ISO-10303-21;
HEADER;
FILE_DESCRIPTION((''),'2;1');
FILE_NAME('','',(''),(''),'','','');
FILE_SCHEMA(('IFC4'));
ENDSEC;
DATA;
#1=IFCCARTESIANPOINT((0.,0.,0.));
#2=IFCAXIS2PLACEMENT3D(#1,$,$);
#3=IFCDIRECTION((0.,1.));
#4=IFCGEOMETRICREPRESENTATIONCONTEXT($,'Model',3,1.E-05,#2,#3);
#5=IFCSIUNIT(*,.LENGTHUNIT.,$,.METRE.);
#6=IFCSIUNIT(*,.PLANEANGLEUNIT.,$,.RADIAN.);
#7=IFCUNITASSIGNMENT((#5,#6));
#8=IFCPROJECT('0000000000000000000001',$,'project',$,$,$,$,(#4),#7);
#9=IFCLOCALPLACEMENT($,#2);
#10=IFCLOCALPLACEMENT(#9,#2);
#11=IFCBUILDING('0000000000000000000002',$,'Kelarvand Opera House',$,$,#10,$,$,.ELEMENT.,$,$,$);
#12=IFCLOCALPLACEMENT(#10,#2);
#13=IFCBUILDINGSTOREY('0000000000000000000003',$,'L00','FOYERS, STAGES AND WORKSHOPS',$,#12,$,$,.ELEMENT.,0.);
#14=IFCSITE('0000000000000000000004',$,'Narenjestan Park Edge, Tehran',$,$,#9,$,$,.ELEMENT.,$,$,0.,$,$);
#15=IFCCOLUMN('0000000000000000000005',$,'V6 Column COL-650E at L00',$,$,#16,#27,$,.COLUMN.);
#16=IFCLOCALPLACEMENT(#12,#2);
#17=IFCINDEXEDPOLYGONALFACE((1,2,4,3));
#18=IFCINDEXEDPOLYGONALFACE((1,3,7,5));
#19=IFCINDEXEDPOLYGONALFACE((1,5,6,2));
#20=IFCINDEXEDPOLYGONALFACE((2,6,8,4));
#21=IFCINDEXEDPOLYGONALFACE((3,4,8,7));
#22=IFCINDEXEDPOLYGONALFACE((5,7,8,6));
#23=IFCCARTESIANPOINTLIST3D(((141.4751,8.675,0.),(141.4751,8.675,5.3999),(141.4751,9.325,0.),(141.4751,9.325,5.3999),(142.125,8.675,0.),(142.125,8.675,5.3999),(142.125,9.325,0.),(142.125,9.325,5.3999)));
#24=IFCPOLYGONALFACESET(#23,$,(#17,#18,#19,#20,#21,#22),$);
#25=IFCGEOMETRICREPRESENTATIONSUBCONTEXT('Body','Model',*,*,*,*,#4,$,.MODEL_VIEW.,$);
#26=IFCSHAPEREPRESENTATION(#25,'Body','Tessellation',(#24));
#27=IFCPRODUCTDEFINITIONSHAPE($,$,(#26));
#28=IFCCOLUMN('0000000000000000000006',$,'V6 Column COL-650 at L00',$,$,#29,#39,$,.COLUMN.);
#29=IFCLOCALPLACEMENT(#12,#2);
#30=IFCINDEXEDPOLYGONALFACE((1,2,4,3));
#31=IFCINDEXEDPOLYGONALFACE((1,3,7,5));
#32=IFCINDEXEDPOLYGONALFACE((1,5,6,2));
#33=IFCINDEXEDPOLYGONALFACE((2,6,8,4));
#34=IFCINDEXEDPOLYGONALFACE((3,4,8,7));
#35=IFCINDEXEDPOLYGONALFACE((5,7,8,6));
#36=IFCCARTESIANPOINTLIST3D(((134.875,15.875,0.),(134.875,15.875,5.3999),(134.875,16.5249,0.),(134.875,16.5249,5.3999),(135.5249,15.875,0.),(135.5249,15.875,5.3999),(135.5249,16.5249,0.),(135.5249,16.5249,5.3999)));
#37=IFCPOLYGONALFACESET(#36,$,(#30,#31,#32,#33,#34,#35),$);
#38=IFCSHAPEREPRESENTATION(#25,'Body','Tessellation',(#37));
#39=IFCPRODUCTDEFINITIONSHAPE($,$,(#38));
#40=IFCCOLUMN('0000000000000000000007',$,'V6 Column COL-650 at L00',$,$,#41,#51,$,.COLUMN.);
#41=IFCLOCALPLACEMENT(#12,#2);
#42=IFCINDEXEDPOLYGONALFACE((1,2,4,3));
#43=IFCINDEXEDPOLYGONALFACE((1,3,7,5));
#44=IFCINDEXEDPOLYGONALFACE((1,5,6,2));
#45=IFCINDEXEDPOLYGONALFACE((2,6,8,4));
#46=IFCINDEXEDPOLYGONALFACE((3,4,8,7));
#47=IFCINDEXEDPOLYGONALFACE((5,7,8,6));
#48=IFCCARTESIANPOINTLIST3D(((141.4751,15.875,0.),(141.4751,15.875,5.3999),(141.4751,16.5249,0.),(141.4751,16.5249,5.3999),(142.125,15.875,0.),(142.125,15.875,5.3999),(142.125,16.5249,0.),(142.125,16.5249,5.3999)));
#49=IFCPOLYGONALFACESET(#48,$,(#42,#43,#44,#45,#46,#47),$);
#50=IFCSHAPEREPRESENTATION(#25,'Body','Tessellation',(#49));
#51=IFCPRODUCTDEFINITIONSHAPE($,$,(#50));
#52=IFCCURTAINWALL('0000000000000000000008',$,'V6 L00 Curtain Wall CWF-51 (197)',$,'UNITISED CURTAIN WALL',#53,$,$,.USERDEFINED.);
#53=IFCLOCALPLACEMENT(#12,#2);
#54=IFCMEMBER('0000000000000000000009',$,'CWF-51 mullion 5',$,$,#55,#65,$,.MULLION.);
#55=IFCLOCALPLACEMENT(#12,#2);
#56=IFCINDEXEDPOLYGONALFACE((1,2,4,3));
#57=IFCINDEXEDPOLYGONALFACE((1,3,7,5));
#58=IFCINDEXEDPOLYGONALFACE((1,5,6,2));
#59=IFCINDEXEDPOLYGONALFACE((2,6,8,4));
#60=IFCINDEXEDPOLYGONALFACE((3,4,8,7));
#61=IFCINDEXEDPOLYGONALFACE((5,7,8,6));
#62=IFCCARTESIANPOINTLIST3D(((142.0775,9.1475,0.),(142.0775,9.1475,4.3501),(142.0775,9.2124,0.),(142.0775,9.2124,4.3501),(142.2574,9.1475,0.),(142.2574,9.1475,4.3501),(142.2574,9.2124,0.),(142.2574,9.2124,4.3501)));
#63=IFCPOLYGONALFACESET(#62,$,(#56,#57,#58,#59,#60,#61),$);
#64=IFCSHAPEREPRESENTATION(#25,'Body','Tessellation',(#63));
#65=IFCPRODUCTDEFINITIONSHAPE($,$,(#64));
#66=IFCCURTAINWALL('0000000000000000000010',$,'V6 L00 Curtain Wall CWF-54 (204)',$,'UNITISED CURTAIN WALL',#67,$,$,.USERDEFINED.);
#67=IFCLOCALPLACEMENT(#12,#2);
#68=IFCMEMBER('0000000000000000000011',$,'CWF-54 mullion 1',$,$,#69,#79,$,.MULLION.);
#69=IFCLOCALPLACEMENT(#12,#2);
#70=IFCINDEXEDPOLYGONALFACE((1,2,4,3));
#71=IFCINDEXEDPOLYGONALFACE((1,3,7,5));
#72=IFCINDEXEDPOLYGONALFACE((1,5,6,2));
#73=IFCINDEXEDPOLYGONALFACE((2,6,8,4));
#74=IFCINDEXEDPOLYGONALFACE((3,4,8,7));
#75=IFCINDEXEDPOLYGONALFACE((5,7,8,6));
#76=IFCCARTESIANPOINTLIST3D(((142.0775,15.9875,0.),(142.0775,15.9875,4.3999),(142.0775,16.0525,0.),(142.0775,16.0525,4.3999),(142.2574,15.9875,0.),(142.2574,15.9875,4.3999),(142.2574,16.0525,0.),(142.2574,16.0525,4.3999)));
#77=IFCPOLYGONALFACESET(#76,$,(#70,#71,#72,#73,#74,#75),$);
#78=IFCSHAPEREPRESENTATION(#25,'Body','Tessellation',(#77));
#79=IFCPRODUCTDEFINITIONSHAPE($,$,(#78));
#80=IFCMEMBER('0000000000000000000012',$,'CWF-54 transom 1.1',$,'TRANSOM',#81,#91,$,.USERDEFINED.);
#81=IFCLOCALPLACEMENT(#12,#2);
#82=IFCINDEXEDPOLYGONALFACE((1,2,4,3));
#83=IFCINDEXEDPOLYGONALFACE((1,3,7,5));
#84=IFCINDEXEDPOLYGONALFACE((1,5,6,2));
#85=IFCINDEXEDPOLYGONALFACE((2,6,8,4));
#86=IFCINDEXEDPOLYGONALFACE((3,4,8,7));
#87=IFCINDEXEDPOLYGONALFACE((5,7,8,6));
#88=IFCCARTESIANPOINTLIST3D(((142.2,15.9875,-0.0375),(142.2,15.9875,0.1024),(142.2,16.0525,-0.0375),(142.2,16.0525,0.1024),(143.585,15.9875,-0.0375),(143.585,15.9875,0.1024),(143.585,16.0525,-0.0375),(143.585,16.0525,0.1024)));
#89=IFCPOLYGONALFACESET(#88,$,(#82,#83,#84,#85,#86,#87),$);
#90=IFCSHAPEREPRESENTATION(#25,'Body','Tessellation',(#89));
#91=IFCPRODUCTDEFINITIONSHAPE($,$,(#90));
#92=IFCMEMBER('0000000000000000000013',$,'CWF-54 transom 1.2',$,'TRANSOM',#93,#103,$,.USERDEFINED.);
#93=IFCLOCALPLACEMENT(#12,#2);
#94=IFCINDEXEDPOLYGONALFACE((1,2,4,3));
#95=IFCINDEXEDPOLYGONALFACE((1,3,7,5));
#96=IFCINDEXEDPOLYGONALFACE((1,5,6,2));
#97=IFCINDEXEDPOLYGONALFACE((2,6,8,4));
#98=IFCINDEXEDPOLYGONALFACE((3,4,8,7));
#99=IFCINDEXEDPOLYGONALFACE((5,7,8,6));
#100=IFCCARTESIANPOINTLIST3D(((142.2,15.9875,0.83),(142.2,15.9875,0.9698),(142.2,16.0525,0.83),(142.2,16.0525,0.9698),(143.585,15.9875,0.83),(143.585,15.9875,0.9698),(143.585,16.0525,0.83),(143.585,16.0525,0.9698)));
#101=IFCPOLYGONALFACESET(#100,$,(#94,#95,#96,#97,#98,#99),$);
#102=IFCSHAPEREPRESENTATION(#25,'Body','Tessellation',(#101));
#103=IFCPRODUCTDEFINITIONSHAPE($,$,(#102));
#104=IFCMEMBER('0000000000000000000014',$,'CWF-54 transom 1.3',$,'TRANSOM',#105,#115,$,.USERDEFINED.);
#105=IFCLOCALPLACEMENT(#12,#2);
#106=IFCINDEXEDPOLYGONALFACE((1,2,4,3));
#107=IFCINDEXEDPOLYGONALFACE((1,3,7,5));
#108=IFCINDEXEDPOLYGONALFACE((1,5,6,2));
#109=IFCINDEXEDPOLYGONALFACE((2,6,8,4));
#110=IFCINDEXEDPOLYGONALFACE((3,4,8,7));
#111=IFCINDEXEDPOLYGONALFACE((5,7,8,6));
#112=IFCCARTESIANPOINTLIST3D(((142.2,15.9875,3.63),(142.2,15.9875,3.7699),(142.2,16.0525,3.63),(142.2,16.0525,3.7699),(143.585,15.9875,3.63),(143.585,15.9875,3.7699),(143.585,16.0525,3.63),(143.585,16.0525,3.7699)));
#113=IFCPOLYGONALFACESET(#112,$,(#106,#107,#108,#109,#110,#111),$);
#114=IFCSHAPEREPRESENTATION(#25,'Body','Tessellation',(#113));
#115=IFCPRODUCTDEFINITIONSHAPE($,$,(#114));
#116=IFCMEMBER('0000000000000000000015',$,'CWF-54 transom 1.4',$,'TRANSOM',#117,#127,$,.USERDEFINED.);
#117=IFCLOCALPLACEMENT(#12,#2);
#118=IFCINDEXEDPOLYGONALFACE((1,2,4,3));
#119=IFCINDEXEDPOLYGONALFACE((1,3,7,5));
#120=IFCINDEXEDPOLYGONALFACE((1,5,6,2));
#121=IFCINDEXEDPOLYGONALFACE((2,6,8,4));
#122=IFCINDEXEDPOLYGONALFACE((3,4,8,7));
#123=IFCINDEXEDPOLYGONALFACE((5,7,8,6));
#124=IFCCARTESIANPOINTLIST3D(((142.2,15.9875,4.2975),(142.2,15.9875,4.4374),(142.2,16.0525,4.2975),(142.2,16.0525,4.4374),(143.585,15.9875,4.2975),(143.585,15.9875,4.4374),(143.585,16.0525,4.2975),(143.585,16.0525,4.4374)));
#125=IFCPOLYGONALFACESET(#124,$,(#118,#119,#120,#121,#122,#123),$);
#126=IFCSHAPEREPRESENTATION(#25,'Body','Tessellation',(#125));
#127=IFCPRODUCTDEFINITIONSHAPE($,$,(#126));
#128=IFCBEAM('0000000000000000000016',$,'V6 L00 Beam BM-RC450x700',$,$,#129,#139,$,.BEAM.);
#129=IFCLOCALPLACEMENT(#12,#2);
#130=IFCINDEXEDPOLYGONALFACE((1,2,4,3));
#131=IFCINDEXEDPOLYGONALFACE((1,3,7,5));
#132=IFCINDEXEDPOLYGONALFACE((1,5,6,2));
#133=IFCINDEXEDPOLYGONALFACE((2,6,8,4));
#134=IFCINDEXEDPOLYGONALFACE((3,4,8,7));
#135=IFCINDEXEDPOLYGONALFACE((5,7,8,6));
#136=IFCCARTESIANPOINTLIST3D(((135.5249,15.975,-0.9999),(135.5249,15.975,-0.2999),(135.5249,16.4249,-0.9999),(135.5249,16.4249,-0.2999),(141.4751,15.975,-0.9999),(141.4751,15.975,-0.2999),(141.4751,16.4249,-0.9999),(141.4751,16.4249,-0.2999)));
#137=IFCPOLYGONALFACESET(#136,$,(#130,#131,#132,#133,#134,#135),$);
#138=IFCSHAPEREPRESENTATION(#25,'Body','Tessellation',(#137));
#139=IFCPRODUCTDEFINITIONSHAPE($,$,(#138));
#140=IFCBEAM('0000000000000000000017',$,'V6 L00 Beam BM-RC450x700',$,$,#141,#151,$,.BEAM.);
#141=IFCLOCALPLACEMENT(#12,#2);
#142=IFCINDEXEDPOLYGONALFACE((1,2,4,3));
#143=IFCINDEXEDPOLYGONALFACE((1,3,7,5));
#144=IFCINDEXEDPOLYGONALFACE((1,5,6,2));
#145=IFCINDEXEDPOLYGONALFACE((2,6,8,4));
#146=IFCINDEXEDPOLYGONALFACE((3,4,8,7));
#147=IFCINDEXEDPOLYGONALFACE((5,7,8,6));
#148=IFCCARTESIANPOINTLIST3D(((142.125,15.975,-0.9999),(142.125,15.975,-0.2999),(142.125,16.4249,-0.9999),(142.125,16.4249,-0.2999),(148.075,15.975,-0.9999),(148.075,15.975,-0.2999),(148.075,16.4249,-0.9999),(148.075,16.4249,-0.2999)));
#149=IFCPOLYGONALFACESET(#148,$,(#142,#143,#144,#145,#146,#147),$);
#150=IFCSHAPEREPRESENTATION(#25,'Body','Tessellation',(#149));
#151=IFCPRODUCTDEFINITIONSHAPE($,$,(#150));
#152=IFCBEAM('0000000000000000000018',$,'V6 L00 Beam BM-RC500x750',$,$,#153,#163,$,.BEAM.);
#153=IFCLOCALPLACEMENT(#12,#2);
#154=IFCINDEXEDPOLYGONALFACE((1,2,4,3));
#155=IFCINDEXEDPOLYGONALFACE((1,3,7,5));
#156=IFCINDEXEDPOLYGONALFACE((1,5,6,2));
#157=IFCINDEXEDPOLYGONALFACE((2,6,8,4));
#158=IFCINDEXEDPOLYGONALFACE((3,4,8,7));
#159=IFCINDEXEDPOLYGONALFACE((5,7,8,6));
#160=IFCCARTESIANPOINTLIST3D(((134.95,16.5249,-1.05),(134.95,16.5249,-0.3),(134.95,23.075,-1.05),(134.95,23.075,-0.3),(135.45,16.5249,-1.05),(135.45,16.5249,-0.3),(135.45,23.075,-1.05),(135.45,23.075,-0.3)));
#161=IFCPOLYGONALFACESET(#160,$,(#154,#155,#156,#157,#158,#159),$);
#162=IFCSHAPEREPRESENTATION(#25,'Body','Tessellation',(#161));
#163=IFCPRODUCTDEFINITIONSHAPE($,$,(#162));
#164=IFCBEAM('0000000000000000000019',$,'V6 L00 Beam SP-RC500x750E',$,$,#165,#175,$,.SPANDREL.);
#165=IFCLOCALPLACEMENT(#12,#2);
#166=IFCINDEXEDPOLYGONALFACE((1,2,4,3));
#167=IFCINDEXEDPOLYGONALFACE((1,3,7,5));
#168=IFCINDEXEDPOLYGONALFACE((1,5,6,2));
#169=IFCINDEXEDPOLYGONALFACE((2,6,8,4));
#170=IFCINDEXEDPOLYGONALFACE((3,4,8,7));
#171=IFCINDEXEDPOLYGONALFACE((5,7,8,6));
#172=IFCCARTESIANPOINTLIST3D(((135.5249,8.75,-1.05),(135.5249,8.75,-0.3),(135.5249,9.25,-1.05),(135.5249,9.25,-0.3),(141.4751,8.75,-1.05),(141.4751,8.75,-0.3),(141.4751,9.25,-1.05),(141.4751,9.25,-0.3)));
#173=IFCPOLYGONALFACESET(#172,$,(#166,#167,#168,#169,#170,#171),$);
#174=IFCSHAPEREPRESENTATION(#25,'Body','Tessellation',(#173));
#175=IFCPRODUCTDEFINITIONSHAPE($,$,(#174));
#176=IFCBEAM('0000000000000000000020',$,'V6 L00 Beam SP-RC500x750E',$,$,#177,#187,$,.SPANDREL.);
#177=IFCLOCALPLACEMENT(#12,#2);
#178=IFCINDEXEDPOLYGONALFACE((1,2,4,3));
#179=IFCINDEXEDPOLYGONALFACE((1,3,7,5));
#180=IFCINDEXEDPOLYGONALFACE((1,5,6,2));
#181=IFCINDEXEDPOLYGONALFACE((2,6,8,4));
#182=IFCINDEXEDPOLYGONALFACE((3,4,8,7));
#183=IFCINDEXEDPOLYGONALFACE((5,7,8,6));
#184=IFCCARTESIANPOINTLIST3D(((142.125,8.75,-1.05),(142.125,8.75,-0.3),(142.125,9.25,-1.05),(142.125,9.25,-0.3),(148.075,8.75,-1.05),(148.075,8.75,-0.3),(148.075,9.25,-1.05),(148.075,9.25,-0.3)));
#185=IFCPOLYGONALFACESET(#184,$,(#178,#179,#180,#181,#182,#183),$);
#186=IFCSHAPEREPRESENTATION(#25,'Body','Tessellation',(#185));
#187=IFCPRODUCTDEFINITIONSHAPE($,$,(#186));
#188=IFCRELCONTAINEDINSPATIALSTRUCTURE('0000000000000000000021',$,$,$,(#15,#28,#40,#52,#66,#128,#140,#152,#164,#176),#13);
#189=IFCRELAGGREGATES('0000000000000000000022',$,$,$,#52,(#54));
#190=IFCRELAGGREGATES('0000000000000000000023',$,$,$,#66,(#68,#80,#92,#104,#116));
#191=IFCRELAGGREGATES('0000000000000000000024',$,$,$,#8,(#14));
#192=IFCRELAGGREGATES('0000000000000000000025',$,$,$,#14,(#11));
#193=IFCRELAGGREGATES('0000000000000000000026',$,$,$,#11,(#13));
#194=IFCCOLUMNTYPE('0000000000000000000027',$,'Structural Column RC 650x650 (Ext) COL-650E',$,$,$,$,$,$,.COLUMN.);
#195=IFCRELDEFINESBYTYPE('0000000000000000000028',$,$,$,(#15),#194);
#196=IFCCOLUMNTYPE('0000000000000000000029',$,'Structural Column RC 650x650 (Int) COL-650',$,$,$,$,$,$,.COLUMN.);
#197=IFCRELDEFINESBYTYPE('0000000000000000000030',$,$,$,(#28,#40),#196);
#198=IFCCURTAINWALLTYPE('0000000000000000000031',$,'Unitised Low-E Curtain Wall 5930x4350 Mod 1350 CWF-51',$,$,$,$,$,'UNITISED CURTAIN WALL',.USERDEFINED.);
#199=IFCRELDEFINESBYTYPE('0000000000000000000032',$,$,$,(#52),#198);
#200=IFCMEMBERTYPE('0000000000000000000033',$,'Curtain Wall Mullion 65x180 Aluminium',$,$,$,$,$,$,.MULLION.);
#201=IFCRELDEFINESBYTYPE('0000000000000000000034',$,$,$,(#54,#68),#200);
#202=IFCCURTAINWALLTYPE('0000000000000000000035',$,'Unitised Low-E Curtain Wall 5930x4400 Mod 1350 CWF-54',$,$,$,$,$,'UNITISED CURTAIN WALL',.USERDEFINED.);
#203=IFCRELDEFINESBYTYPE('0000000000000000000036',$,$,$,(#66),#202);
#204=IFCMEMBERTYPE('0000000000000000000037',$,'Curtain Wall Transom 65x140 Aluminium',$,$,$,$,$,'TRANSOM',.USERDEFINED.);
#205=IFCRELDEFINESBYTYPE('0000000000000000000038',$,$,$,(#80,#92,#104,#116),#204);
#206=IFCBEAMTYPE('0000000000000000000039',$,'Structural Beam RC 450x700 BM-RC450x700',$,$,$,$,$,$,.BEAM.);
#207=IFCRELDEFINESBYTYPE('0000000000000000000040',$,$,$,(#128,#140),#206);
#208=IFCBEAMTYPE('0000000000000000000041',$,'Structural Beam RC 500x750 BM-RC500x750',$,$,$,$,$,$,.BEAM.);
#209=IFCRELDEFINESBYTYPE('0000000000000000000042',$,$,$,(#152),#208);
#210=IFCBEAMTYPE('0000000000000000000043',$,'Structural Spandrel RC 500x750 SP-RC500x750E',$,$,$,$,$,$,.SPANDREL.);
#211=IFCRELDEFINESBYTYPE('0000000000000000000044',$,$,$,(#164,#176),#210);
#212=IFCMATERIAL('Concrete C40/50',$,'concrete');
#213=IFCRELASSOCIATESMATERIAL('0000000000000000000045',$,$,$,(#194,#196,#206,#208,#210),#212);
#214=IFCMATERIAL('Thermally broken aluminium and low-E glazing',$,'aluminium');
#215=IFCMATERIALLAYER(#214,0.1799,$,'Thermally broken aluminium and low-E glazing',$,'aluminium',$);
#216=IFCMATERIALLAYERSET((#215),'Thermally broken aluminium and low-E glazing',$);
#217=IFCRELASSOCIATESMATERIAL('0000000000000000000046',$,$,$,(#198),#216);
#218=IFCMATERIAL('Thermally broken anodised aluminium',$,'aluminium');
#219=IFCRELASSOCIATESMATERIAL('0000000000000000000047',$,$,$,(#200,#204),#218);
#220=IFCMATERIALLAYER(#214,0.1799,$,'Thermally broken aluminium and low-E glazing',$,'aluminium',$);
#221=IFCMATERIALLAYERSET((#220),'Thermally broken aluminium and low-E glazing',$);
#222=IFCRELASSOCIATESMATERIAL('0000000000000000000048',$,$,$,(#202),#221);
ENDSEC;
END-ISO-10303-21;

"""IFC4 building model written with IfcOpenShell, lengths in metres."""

from ifc_helpers import new_model, si_unit, direction, frame, origin, origin_2d, place, context, subcontext, project, spatial, rectangle, extrude, material, layer, layer_set, material_profile, profile_set, type_object, element, aggregate, save


model = new_model("IFC4")

# Units and contexts
model_context = context("Model", 3, precision=1e-05, world=origin(), true_north=direction((0.0, 1.0)))
body_context = subcontext(model_context, "Body", "Model", "MODEL_VIEW")
ifc_project = project(units=[si_unit("LENGTHUNIT", "METRE"), si_unit("PLANEANGLEUNIT", "RADIAN")], contexts=[model_context])

# Site, building, storey
site_placement = place(None, origin())
site = spatial("IfcSite", under=ifc_project, at=site_placement, Name="Narenjestan Park Edge, Tehran", CompositionType="ELEMENT", RefElevation=0.0)
building_placement = place(site_placement, origin())
building = spatial("IfcBuilding", under=site, at=building_placement, Name="Kelarvand Opera House", CompositionType="ELEMENT")
storey_placement = place(building_placement, origin())
storey = spatial("IfcBuildingStorey", under=building, at=storey_placement, Name="L00", Description="FOYERS, STAGES AND WORKSHOPS", CompositionType="ELEMENT", Elevation=0.0)

# Columns
ifc_material_1 = material(Name="Concrete C40/50", Category="concrete")
ifc_material_profile_1 = material_profile(ifc_material_1, rectangle(XDim=0.6499, YDim=0.6499, at=origin_2d()), Name="RC 650x650", Category="concrete")
ifc_profile_set_1 = profile_set([ifc_material_profile_1], Name="Concrete C40/50")
column_type_1 = type_object("IfcColumnType", Name="Structural Column RC 650x650 (Ext) COL-650E", PredefinedType="COLUMN", material=ifc_profile_set_1)
column_placement = place(storey_placement, frame((141.8, 9.0, 0.0), z_axis=(0.0, 0.0, 1.0), x_axis=(1.0, 0.0, 0.0)))
element("IfcColumn", 1, at=column_placement, inside=storey, type_object=column_type_1, Name="V6 Column COL-650E at L00", PredefinedType="COLUMN", context=body_context, shape_type="SweptSolid", body=[
    extrude(rectangle(XDim=0.6499, YDim=0.6499, at=origin_2d()), origin(), (0.0, 0.0, 1.0), 5.3999),
])
ifc_material_profile_2 = material_profile(ifc_material_1, rectangle(XDim=0.6499, YDim=0.6499, at=origin_2d()), Name="RC 650x650", Category="concrete")
ifc_profile_set_2 = profile_set([ifc_material_profile_2], Name="Concrete C40/50")
column_type_2 = type_object("IfcColumnType", Name="Structural Column RC 650x650 (Int) COL-650", PredefinedType="COLUMN", material=ifc_profile_set_2)
for number, where, z_axis, x_axis, name in (
    (2, (135.2, 16.2, 0.0), (0.0, 0.0, 1.0), (1.0, 0.0, 0.0), "V6 Column COL-650 at L00"),
    (3, (141.8, 16.2, 0.0), (0.0, 0.0, 1.0), (1.0, 0.0, 0.0), "V6 Column COL-650 at L00"),
):
    element("IfcColumn", number, at=place(storey_placement, frame(where, z_axis=z_axis, x_axis=x_axis)), inside=storey, type_object=column_type_2, Name=name, PredefinedType="COLUMN", context=body_context, shape_type="SweptSolid", body=[
        extrude(rectangle(XDim=0.6499, YDim=0.6499, at=origin_2d()), origin(), (0.0, 0.0, 1.0), 5.3999),
    ])

# Curtain wall, member
ifc_material_2 = material(Name="Thermally broken aluminium and low-E glazing", Category="aluminium")
ifc_layer_1 = layer(ifc_material_2, 0.1799, Name="Thermally broken aluminium and low-E glazing", Category="aluminium")
ifc_layer_set_1 = layer_set([ifc_layer_1], Name="Thermally broken aluminium and low-E glazing")
curtain_wall_type_1 = type_object("IfcCurtainWallType", Name="Unitised Low-E Curtain Wall 5930x4350 Mod 1350 CWF-51", ElementType="UNITISED CURTAIN WALL", PredefinedType="USERDEFINED", material=ifc_layer_set_1)
curtain_wall_1_placement = place(storey_placement, origin())
curtain_wall_1 = element("IfcCurtainWall", 4, at=curtain_wall_1_placement, inside=storey, type_object=curtain_wall_type_1, Name="V6 L00 Curtain Wall CWF-51 (197)", ObjectType="UNITISED CURTAIN WALL", PredefinedType="USERDEFINED")
ifc_material_3 = material(Name="Thermally broken anodised aluminium", Category="aluminium")
ifc_material_profile_3 = material_profile(ifc_material_3, rectangle(XDim=0.0649, YDim=0.1799, at=origin_2d()), Name="ALU MULLION 65x180", Category="aluminium")
ifc_profile_set_3 = profile_set([ifc_material_profile_3], Name="Thermally broken anodised aluminium")
member_type_1 = type_object("IfcMemberType", Name="Curtain Wall Mullion 65x180 Aluminium", PredefinedType="MULLION", material=ifc_profile_set_3)
member_1_placement = place(storey_placement, frame((142.1675, 9.1799, 0.0), z_axis=(0.0, 0.0, 1.0), x_axis=(0.0, -1.0, 0.0)))
member_1 = element("IfcMember", 5, at=member_1_placement, type_object=member_type_1, Name="CWF-51 mullion 5", PredefinedType="MULLION", context=body_context, shape_type="SweptSolid", body=[
    extrude(rectangle(XDim=0.0649, YDim=0.1799, at=origin_2d()), origin(), (0.0, 0.0, 1.0), 4.3501),
])

# Curtain wall, members
ifc_layer_2 = layer(ifc_material_2, 0.1799, Name="Thermally broken aluminium and low-E glazing", Category="aluminium")
ifc_layer_set_2 = layer_set([ifc_layer_2], Name="Thermally broken aluminium and low-E glazing")
curtain_wall_type_2 = type_object("IfcCurtainWallType", Name="Unitised Low-E Curtain Wall 5930x4400 Mod 1350 CWF-54", ElementType="UNITISED CURTAIN WALL", PredefinedType="USERDEFINED", material=ifc_layer_set_2)
curtain_wall_2_placement = place(storey_placement, origin())
curtain_wall_2 = element("IfcCurtainWall", 6, at=curtain_wall_2_placement, inside=storey, type_object=curtain_wall_type_2, Name="V6 L00 Curtain Wall CWF-54 (204)", ObjectType="UNITISED CURTAIN WALL", PredefinedType="USERDEFINED")
member_2_placement = place(storey_placement, frame((142.1675, 16.02, 0.0), z_axis=(0.0, 0.0, 1.0), x_axis=(0.0, 1.0, 0.0)))
member_2 = element("IfcMember", 7, at=member_2_placement, type_object=member_type_1, Name="CWF-54 mullion 1", PredefinedType="MULLION", context=body_context, shape_type="SweptSolid", body=[
    extrude(rectangle(XDim=0.0649, YDim=0.1799, at=origin_2d()), origin(), (0.0, 0.0, 1.0), 4.3999),
])
ifc_material_profile_4 = material_profile(ifc_material_3, rectangle(XDim=0.0649, YDim=0.1399, at=origin_2d()), Name="ALU TRANSOM 65x140", Category="aluminium")
ifc_profile_set_4 = profile_set([ifc_material_profile_4], Name="Thermally broken anodised aluminium")
member_type_2 = type_object("IfcMemberType", Name="Curtain Wall Transom 65x140 Aluminium", ElementType="TRANSOM", PredefinedType="USERDEFINED", material=ifc_profile_set_4)
member_3_placement = place(storey_placement, frame((142.2, 16.02, 0.0325), z_axis=(1.0, 0.0, 0.0), x_axis=(0.0, 1.0, 0.0)))
member_3 = element("IfcMember", 8, at=member_3_placement, type_object=member_type_2, Name="CWF-54 transom 1.1", ObjectType="TRANSOM", PredefinedType="USERDEFINED", context=body_context, shape_type="SweptSolid", body=[
    extrude(rectangle(XDim=0.0649, YDim=0.1399, at=origin_2d()), origin(), (0.0, 0.0, 1.0), 1.385),
])
member_4_placement = place(storey_placement, frame((142.2, 16.02, 0.8999), z_axis=(1.0, 0.0, 0.0), x_axis=(0.0, 1.0, 0.0)))
member_4 = element("IfcMember", 9, at=member_4_placement, type_object=member_type_2, Name="CWF-54 transom 1.2", ObjectType="TRANSOM", PredefinedType="USERDEFINED", context=body_context, shape_type="SweptSolid", body=[
    extrude(rectangle(XDim=0.0649, YDim=0.1399, at=origin_2d()), origin(), (0.0, 0.0, 1.0), 1.385),
])
member_5_placement = place(storey_placement, frame((142.2, 16.02, 3.7), z_axis=(1.0, 0.0, 0.0), x_axis=(0.0, 1.0, 0.0)))
member_5 = element("IfcMember", 10, at=member_5_placement, type_object=member_type_2, Name="CWF-54 transom 1.3", ObjectType="TRANSOM", PredefinedType="USERDEFINED", context=body_context, shape_type="SweptSolid", body=[
    extrude(rectangle(XDim=0.0649, YDim=0.1399, at=origin_2d()), origin(), (0.0, 0.0, 1.0), 1.385),
])
member_6_placement = place(storey_placement, frame((142.2, 16.02, 4.3674), z_axis=(1.0, 0.0, 0.0), x_axis=(0.0, 1.0, 0.0)))
member_6 = element("IfcMember", 11, at=member_6_placement, type_object=member_type_2, Name="CWF-54 transom 1.4", ObjectType="TRANSOM", PredefinedType="USERDEFINED", context=body_context, shape_type="SweptSolid", body=[
    extrude(rectangle(XDim=0.0649, YDim=0.1399, at=origin_2d()), origin(), (0.0, 0.0, 1.0), 1.385),
])

# Beams
ifc_material_profile_5 = material_profile(ifc_material_1, rectangle(XDim=0.45, YDim=0.7, at=origin_2d()), Name="RC 450x700", Category="concrete")
ifc_profile_set_5 = profile_set([ifc_material_profile_5], Name="Concrete C40/50")
beam_type_1 = type_object("IfcBeamType", Name="Structural Beam RC 450x700 BM-RC450x700", PredefinedType="BEAM", material=ifc_profile_set_5)
beam_1_placement = place(storey_placement, frame((135.5249, 16.2, -0.6499), z_axis=(1.0, 0.0, 0.0), x_axis=(0.0, 1.0, 0.0)))
element("IfcBeam", 12, at=beam_1_placement, inside=storey, type_object=beam_type_1, Name="V6 L00 Beam BM-RC450x700", PredefinedType="BEAM", context=body_context, shape_type="SweptSolid", body=[
    extrude(rectangle(XDim=0.45, YDim=0.7, at=origin_2d()), origin(), (0.0, 0.0, 1.0), 5.9502),
])
beam_2_placement = place(storey_placement, frame((142.125, 16.2, -0.6499), z_axis=(1.0, 0.0, 0.0), x_axis=(0.0, 1.0, 0.0)))
element("IfcBeam", 13, at=beam_2_placement, inside=storey, type_object=beam_type_1, Name="V6 L00 Beam BM-RC450x700", PredefinedType="BEAM", context=body_context, shape_type="SweptSolid", body=[
    extrude(rectangle(XDim=0.45, YDim=0.7, at=origin_2d()), origin(), (0.0, 0.0, 1.0), 5.95),
])
ifc_material_profile_6 = material_profile(ifc_material_1, rectangle(XDim=0.5, YDim=0.75, at=origin_2d()), Name="RC 500x750", Category="concrete")
ifc_profile_set_6 = profile_set([ifc_material_profile_6], Name="Concrete C40/50")
beam_type_2 = type_object("IfcBeamType", Name="Structural Beam RC 500x750 BM-RC500x750", PredefinedType="BEAM", material=ifc_profile_set_6)
beam_3_placement = place(storey_placement, frame((135.2, 16.5249, -0.675), z_axis=(0.0, 1.0, 0.0), x_axis=(-1.0, 0.0, 0.0)))
element("IfcBeam", 14, at=beam_3_placement, inside=storey, type_object=beam_type_2, Name="V6 L00 Beam BM-RC500x750", PredefinedType="BEAM", context=body_context, shape_type="SweptSolid", body=[
    extrude(rectangle(XDim=0.5, YDim=0.75, at=origin_2d()), origin(), (0.0, 0.0, 1.0), 6.55),
])
ifc_material_profile_7 = material_profile(ifc_material_1, rectangle(XDim=0.5, YDim=0.75, at=origin_2d()), Name="RC 500x750", Category="concrete")
ifc_profile_set_7 = profile_set([ifc_material_profile_7], Name="Concrete C40/50")
beam_type_3 = type_object("IfcBeamType", Name="Structural Spandrel RC 500x750 SP-RC500x750E", PredefinedType="SPANDREL", material=ifc_profile_set_7)
beam_4_placement = place(storey_placement, frame((135.5249, 9.0, -0.675), z_axis=(1.0, 0.0, 0.0), x_axis=(0.0, 1.0, 0.0)))
element("IfcBeam", 15, at=beam_4_placement, inside=storey, type_object=beam_type_3, Name="V6 L00 Beam SP-RC500x750E", PredefinedType="SPANDREL", context=body_context, shape_type="SweptSolid", body=[
    extrude(rectangle(XDim=0.5, YDim=0.75, at=origin_2d()), origin(), (0.0, 0.0, 1.0), 5.9502),
])
beam_5_placement = place(storey_placement, frame((142.125, 9.0, -0.675), z_axis=(1.0, 0.0, 0.0), x_axis=(0.0, 1.0, 0.0)))
element("IfcBeam", 16, at=beam_5_placement, inside=storey, type_object=beam_type_3, Name="V6 L00 Beam SP-RC500x750E", PredefinedType="SPANDREL", context=body_context, shape_type="SweptSolid", body=[
    extrude(rectangle(XDim=0.5, YDim=0.75, at=origin_2d()), origin(), (0.0, 0.0, 1.0), 5.95),
])

aggregate(curtain_wall_1, [member_1])
aggregate(curtain_wall_2, [member_2, member_3, member_4, member_5, member_6])

save(model, "model.ifc")
